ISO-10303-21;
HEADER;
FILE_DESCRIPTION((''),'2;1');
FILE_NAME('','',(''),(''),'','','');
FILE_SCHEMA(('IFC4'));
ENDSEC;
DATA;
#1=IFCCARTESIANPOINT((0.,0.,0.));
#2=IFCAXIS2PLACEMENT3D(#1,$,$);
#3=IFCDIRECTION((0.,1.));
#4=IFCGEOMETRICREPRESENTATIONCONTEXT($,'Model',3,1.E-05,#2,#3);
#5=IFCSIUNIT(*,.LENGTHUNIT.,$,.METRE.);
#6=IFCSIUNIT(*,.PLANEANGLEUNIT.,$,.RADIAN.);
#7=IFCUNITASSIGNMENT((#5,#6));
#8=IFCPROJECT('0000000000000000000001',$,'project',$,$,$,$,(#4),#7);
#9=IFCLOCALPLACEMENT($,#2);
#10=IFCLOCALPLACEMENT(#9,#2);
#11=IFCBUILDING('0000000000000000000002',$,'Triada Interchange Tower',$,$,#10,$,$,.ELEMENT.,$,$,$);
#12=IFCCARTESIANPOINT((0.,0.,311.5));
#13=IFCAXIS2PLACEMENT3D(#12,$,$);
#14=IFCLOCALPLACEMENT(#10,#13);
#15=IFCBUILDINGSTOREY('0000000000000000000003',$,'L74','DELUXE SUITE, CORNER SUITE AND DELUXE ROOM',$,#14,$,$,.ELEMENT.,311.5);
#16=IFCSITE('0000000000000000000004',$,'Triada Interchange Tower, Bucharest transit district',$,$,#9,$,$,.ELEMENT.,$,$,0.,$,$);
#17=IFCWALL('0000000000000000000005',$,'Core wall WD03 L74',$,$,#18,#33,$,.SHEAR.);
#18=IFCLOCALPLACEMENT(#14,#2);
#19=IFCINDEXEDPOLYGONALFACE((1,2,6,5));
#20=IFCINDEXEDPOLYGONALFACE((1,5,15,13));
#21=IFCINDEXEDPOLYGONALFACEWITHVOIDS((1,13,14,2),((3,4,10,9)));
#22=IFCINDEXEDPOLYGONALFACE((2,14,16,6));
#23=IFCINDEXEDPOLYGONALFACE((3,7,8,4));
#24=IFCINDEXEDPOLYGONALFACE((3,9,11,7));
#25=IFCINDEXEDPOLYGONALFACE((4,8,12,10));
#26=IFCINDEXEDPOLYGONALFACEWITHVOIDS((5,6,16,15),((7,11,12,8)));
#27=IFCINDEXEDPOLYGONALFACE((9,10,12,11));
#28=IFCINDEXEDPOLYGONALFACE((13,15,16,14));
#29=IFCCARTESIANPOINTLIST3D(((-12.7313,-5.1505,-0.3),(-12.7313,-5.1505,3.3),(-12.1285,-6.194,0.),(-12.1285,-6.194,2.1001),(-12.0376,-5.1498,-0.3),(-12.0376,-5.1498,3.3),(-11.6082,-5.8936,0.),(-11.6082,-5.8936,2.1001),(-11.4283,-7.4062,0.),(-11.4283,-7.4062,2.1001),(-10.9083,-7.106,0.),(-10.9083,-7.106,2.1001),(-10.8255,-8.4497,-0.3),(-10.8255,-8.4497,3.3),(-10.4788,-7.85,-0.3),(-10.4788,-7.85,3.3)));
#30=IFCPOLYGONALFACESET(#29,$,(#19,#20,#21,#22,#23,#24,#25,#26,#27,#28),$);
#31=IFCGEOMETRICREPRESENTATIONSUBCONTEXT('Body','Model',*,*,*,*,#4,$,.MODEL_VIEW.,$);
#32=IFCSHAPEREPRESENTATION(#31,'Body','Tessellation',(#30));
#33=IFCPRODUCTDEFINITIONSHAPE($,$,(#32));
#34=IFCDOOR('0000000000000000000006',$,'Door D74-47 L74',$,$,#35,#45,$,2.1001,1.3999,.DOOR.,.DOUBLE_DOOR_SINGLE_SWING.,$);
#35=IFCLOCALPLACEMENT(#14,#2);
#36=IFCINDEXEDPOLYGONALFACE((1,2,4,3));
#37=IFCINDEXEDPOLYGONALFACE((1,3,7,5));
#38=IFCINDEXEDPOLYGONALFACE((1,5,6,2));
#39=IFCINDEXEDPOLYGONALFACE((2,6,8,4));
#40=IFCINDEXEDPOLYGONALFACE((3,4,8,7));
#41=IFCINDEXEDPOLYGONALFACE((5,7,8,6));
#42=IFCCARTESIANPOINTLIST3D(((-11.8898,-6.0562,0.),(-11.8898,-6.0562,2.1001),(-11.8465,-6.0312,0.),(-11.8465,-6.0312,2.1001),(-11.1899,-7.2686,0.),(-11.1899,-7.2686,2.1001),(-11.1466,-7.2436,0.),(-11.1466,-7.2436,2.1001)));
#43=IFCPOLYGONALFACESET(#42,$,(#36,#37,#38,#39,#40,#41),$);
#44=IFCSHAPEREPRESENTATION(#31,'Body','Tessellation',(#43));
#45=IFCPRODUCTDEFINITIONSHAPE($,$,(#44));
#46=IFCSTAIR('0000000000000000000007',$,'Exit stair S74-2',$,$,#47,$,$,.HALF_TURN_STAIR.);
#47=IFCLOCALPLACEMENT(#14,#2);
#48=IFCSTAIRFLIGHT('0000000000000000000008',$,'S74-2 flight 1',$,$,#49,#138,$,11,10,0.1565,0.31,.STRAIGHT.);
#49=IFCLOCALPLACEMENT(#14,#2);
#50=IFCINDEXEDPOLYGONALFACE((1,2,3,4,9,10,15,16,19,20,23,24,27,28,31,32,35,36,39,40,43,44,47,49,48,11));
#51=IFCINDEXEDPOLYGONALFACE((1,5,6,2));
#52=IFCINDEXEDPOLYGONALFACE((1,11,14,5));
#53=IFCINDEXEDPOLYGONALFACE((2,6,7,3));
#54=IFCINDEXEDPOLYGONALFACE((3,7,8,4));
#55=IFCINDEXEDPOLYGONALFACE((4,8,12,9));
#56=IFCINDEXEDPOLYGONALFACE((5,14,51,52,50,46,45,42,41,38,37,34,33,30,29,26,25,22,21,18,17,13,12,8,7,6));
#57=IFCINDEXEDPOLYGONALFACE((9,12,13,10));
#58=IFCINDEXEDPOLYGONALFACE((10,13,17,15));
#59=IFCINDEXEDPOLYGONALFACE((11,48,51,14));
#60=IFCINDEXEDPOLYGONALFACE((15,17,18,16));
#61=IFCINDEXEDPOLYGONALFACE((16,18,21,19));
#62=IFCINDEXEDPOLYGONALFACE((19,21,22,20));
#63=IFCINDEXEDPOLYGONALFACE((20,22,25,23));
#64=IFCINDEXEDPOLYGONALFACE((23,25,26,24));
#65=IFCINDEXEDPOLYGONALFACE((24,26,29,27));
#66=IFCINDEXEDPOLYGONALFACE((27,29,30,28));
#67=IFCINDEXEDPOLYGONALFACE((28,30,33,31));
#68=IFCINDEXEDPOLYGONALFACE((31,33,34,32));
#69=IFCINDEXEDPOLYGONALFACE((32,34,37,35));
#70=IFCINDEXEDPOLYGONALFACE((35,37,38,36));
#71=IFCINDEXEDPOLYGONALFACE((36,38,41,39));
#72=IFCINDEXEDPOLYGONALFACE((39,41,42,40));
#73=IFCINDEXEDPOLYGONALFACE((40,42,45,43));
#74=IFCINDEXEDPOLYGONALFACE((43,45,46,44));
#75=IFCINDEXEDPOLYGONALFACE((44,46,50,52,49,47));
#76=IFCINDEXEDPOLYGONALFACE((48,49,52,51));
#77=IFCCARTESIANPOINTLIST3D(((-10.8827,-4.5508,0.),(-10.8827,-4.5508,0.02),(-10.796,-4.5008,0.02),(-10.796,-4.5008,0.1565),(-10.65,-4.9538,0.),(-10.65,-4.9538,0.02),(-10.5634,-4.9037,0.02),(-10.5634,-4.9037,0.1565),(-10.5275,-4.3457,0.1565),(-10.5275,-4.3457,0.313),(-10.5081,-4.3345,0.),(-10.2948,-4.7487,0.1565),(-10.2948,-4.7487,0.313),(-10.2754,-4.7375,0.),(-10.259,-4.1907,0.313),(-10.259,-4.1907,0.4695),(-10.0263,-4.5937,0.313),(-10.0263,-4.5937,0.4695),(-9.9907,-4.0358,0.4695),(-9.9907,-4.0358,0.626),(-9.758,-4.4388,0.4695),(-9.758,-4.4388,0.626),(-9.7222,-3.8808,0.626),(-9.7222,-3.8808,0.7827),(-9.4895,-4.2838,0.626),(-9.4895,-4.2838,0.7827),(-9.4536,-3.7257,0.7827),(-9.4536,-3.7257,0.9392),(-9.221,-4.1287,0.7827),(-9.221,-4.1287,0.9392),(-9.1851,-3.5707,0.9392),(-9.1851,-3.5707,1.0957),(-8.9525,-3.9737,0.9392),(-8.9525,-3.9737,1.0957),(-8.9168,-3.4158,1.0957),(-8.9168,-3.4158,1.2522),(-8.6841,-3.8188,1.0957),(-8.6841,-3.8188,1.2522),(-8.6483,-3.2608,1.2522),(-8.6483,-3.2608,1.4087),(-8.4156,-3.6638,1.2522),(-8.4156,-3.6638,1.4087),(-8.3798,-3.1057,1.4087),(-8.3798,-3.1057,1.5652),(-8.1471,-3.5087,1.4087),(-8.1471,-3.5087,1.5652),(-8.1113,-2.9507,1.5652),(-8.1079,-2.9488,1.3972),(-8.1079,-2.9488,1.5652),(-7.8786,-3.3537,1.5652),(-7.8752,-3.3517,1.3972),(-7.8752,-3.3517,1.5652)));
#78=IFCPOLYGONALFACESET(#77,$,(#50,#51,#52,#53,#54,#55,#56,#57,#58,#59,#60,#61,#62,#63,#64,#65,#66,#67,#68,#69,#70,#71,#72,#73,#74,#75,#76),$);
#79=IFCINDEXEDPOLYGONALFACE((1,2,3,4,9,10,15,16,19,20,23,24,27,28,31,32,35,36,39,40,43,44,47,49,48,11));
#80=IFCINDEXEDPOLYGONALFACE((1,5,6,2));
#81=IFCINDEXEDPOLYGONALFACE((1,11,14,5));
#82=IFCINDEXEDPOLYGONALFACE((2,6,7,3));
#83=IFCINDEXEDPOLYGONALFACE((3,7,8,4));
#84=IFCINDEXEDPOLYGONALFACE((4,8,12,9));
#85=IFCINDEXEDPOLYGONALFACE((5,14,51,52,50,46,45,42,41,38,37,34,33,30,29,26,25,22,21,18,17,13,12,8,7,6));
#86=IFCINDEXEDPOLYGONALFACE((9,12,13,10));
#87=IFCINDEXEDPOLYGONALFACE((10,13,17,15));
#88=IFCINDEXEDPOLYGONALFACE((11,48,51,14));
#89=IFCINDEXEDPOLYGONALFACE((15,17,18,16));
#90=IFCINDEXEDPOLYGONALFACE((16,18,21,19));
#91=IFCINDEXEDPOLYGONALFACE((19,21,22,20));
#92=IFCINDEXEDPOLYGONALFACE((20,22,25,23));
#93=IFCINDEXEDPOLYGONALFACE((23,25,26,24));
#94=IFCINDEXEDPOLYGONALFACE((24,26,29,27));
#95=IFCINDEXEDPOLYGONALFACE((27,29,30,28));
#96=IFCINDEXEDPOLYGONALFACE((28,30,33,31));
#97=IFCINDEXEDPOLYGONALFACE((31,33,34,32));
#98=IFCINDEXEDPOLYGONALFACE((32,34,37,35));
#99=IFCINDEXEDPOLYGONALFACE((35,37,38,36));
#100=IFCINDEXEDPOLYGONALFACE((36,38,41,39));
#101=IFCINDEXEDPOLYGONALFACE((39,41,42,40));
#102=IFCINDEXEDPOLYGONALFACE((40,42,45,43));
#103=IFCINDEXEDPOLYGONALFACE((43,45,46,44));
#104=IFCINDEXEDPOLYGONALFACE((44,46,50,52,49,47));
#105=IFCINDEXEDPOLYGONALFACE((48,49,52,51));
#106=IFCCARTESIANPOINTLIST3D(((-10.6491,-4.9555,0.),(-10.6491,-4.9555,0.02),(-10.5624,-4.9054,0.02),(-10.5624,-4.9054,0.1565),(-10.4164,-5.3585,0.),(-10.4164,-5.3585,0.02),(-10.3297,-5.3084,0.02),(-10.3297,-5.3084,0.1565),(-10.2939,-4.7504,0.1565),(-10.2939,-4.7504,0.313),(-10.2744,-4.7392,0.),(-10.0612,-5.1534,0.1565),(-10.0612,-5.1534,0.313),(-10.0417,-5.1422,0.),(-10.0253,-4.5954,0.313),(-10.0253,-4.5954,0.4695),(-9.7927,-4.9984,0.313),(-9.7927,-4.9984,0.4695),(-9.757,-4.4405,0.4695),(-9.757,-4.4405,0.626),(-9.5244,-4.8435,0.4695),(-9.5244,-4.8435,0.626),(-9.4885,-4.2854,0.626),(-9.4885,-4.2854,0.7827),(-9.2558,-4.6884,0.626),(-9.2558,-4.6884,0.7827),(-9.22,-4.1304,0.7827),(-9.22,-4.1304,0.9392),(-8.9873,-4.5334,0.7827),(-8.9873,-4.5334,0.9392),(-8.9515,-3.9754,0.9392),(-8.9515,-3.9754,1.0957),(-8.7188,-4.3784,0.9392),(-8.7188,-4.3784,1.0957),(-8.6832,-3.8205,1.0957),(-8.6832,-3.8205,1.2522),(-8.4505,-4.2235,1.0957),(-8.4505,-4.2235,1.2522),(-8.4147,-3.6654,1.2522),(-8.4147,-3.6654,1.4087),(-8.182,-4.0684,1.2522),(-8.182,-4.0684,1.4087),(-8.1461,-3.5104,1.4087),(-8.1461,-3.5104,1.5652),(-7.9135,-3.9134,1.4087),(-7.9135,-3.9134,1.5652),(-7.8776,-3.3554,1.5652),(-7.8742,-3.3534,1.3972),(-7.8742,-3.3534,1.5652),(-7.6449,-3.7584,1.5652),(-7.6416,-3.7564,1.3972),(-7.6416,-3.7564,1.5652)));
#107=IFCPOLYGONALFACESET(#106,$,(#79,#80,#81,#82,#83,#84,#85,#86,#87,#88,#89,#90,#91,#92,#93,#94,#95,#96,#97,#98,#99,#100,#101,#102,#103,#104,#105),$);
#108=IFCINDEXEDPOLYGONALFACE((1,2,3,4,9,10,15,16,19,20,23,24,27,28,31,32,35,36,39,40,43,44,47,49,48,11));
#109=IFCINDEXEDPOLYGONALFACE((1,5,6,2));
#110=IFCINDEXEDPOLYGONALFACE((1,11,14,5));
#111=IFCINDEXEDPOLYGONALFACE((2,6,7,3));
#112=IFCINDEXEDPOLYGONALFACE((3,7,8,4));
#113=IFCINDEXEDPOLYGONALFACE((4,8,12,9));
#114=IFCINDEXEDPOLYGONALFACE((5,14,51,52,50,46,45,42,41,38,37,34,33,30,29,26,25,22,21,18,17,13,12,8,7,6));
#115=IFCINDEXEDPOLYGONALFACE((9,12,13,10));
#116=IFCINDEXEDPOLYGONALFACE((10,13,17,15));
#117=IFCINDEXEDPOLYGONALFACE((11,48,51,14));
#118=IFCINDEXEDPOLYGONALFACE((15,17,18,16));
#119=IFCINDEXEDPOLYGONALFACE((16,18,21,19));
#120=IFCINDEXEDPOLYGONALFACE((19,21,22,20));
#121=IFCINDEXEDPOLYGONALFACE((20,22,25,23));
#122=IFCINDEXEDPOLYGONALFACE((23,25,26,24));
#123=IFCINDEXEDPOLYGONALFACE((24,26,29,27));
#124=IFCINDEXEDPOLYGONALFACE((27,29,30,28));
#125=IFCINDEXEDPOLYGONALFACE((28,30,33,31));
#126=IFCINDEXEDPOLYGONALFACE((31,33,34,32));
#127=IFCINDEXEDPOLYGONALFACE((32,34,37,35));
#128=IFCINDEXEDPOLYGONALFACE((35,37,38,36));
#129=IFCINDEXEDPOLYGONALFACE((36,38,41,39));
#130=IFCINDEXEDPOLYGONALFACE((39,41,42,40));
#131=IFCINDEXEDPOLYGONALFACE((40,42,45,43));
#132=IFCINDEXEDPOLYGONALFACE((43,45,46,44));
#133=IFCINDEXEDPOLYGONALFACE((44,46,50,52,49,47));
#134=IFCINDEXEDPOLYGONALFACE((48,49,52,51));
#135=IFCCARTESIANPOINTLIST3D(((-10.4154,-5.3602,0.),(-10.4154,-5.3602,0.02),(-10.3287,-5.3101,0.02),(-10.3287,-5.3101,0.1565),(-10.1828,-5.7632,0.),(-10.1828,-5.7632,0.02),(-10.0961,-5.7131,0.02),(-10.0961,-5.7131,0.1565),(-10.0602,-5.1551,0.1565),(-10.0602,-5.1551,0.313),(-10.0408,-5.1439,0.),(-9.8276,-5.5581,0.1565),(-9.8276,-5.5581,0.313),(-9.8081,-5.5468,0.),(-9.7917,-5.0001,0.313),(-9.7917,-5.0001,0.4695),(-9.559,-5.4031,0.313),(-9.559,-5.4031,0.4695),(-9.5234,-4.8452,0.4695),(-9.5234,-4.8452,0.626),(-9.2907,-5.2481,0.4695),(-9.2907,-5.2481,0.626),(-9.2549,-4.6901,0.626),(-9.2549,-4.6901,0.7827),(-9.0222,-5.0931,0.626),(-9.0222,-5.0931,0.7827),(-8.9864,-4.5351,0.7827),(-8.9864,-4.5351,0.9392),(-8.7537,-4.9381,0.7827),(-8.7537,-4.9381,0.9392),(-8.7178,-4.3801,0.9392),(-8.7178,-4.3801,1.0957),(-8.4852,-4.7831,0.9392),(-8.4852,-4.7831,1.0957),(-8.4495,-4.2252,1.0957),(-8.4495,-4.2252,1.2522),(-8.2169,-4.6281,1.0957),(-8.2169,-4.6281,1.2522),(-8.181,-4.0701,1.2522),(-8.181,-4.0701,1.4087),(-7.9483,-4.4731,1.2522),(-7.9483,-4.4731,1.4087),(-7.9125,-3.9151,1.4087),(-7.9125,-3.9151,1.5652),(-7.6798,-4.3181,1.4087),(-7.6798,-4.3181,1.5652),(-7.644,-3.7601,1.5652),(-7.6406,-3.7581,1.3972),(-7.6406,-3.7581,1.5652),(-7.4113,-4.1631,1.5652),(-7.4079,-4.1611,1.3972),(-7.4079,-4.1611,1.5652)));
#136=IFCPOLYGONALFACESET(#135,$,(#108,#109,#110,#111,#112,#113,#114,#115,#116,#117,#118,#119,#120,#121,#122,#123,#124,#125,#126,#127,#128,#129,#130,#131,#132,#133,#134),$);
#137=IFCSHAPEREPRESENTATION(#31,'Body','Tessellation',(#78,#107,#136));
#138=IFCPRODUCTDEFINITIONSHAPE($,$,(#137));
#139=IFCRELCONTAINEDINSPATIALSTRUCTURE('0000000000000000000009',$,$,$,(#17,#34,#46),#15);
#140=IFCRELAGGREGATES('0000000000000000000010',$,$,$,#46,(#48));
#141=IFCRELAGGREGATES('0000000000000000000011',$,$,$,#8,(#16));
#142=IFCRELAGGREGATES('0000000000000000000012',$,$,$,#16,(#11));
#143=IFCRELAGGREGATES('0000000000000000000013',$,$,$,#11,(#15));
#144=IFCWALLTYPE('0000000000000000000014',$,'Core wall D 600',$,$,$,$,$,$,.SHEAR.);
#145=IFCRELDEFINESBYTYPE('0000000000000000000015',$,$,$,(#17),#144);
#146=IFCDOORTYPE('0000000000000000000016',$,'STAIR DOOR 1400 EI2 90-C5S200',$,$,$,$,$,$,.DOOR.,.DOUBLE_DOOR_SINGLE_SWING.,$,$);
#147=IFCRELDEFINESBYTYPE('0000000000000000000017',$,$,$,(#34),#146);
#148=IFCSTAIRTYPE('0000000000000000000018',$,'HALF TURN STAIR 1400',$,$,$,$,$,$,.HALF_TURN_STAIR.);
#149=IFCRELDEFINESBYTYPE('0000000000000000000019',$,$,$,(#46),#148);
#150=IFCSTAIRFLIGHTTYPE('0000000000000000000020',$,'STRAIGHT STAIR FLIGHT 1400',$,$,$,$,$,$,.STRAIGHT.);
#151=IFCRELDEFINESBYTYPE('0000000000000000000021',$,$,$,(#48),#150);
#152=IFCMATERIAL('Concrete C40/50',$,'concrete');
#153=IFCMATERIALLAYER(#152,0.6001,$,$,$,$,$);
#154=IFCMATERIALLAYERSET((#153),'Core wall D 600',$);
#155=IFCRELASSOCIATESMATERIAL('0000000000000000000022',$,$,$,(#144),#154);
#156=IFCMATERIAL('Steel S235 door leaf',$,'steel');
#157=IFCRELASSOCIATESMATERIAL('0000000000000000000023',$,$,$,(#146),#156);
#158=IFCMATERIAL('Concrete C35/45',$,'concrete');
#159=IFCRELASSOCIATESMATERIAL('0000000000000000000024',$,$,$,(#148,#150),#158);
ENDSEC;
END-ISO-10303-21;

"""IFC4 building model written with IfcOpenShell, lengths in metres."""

from ifc_helpers import new_model, si_unit, direction, frame, frame_2d, origin, place, context, subcontext, project, spatial, polyline, rectangle, outline, extrude, material, layer, layer_set, type_object, element, fill, aggregate, save


model = new_model("IFC4")

# Units and contexts
model_context = context("Model", 3, precision=1e-05, world=origin(), true_north=direction((0.0, 1.0)))
body_context = subcontext(model_context, "Body", "Model", "MODEL_VIEW")
ifc_project = project(units=[si_unit("LENGTHUNIT", "METRE"), si_unit("PLANEANGLEUNIT", "RADIAN")], contexts=[model_context])

# Site, building, storey
site_placement = place(None, origin())
site = spatial("IfcSite", under=ifc_project, at=site_placement, Name="Triada Interchange Tower, Bucharest transit district", CompositionType="ELEMENT", RefElevation=0.0)
building_placement = place(site_placement, origin())
building = spatial("IfcBuilding", under=site, at=building_placement, Name="Triada Interchange Tower", CompositionType="ELEMENT")
storey_placement = place(building_placement, frame((0.0, 0.0, 311.5)))
storey = spatial("IfcBuildingStorey", under=building, at=storey_placement, Name="L74", Description="DELUXE SUITE, CORNER SUITE AND DELUXE ROOM", CompositionType="ELEMENT", Elevation=311.5)

# Shared definitions
ifc_material_1 = material(Name="Steel S235 door leaf", Category="steel")

# Wall, opening, door
ifc_material_2 = material(Name="Concrete C40/50", Category="concrete")
ifc_layer_1 = layer(ifc_material_2, 0.6001)
ifc_layer_set_1 = layer_set([ifc_layer_1], Name="Core wall D 600")
wall_type_1 = type_object("IfcWallType", Name="Core wall D 600", PredefinedType="SHEAR", material=ifc_layer_set_1)
wall_1_placement = place(storey_placement, frame((-12.384, -5.1499, -0.3), z_axis=(0.0, 0.0, 1.0), x_axis=(0.499975, -0.86604, 0.0)))
wall_1 = element("IfcWall", 1, at=wall_1_placement, inside=storey, type_object=wall_type_1, Name="Core wall WD03 L74", PredefinedType="SHEAR", context=body_context, shape_type="SweptSolid", body=[
    extrude(outline(polyline([(-0.1731, -0.301), (1.7319, -0.3005), (3.637, -0.3), (3.291, 0.3), (1.7319, 0.3), (0.1731, 0.3), (-0.1731, -0.301)])), origin(), (0.0, 0.0, 1.0), 3.6001),
])
opening_1_placement = place(wall_1_placement, frame((1.032, 0.0, 0.3)))
opening_1 = element("IfcOpeningElement", 2, at=opening_1_placement, cuts=wall_1, PredefinedType="OPENING", context=body_context, shape_type="SweptSolid", body=[
    extrude(rectangle(XDim=1.3999, YDim=2.1001, at=frame_2d((0.7, 1.05))), frame((0.0, 0.3101, 0.0), z_axis=(0.0, -1.0, 0.0), x_axis=(1.0, 0.0, 0.0)), (0.0, 0.0, 1.0), 0.6211),
])
door_type_1 = type_object("IfcDoorType", Name="STAIR DOOR 1400 EI2 90-C5S200", OperationType="DOUBLE_DOOR_SINGLE_SWING", PredefinedType="DOOR", material=ifc_material_1)
door_1_placement = place(opening_1_placement, origin())
door_1 = element("IfcDoor", 3, at=door_1_placement, inside=storey, type_object=door_type_1, Name="Door D74-47 L74", OperationType="DOUBLE_DOOR_SINGLE_SWING", OverallHeight=2.1001, OverallWidth=1.3999, PredefinedType="DOOR", context=body_context, shape_type="SweptSolid", body=[
    extrude(rectangle(XDim=1.3999, YDim=2.1001, at=frame_2d((0.7, 1.05))), frame((0.0, 0.0249, 0.0), z_axis=(0.0, -1.0, 0.0), x_axis=(1.0, 0.0, 0.0)), (0.0, 0.0, 1.0), 0.05),
])
fill(opening_1, door_1)

# Stair, stair flight
ifc_material_3 = material(Name="Concrete C35/45", Category="concrete")
stair_type = type_object("IfcStairType", Name="HALF TURN STAIR 1400", PredefinedType="HALF_TURN_STAIR", material=ifc_material_3)
stair_placement = place(storey_placement, origin())
stair = element("IfcStair", 4, at=stair_placement, inside=storey, type_object=stair_type, Name="Exit stair S74-2", PredefinedType="HALF_TURN_STAIR")
stair_flight_type = type_object("IfcStairFlightType", Name="STRAIGHT STAIR FLIGHT 1400", PredefinedType="STRAIGHT", material=ifc_material_3)
stair_flight_1_placement = place(storey_placement, frame((-10.446, -5.1069, 0.0), z_axis=(0.0, 0.0, 1.0), x_axis=(0.866025, 0.5, 0.0)))
stair_flight_1 = element("IfcStairFlight", 5, at=stair_flight_1_placement, type_object=stair_flight_type, Name="S74-2 flight 1", NumberOfRisers=11, NumberOfTreads=10, PredefinedType="STRAIGHT", RiserHeight=0.1565, TreadLength=0.31, context=body_context, shape_type="SweptSolid", body=[
    extrude(outline(polyline([(-0.1001, 0.0), (-0.1001, 0.02), (0.0, 0.02), (0.0, 0.1565), (0.3101, 0.1565), (0.3101, 0.313), (0.6201, 0.313), (0.6201, 0.4695), (0.9299, 0.4695), (0.9299, 0.626), (1.24, 0.626), (1.24, 0.7827), (1.55, 0.7827), (1.55, 0.9392), (1.8601, 0.9392), (1.8601, 1.0957), (2.1699, 1.0957), (2.1699, 1.2522), (2.48, 1.2522), (2.48, 1.4087), (2.79, 1.4087), (2.79, 1.5652), (3.1001, 1.5652), (3.104, 1.5652), (3.104, 1.7217), (3.104, 1.3972), (0.3325, 0.0), (-0.1001, 0.0)])), frame((0.0, 0.7, 0.0), z_axis=(0.0, -1.0, 0.0), x_axis=(1.0, 0.0, 0.0)), (0.0, 0.0, 1.0), 0.4653),
    extrude(outline(polyline([(-0.1001, 0.0), (-0.1001, 0.02), (0.0, 0.02), (0.0, 0.1565), (0.3101, 0.1565), (0.3101, 0.313), (0.6201, 0.313), (0.6201, 0.4695), (0.9299, 0.4695), (0.9299, 0.626), (1.24, 0.626), (1.24, 0.7827), (1.55, 0.7827), (1.55, 0.9392), (1.8601, 0.9392), (1.8601, 1.0957), (2.1699, 1.0957), (2.1699, 1.2522), (2.48, 1.2522), (2.48, 1.4087), (2.79, 1.4087), (2.79, 1.5652), (3.1001, 1.5652), (3.104, 1.5652), (3.104, 1.7217), (3.104, 1.3972), (0.3325, 0.0), (-0.1001, 0.0)])), frame((0.0, 0.2327, 0.0), z_axis=(0.0, -1.0, 0.0), x_axis=(1.0, 0.0, 0.0)), (0.0, 0.0, 1.0), 0.4653),
    extrude(outline(polyline([(-0.1001, 0.0), (-0.1001, 0.02), (0.0, 0.02), (0.0, 0.1565), (0.3101, 0.1565), (0.3101, 0.313), (0.6201, 0.313), (0.6201, 0.4695), (0.9299, 0.4695), (0.9299, 0.626), (1.24, 0.626), (1.24, 0.7827), (1.55, 0.7827), (1.55, 0.9392), (1.8601, 0.9392), (1.8601, 1.0957), (2.1699, 1.0957), (2.1699, 1.2522), (2.48, 1.2522), (2.48, 1.4087), (2.79, 1.4087), (2.79, 1.5652), (3.1001, 1.5652), (3.104, 1.5652), (3.104, 1.7217), (3.104, 1.3972), (0.3325, 0.0), (-0.1001, 0.0)])), frame((0.0, -0.2346, 0.0), z_axis=(0.0, -1.0, 0.0), x_axis=(1.0, 0.0, 0.0)), (0.0, 0.0, 1.0), 0.4653),
])
aggregate(stair, [stair_flight_1])

save(model, "model.ifc")
